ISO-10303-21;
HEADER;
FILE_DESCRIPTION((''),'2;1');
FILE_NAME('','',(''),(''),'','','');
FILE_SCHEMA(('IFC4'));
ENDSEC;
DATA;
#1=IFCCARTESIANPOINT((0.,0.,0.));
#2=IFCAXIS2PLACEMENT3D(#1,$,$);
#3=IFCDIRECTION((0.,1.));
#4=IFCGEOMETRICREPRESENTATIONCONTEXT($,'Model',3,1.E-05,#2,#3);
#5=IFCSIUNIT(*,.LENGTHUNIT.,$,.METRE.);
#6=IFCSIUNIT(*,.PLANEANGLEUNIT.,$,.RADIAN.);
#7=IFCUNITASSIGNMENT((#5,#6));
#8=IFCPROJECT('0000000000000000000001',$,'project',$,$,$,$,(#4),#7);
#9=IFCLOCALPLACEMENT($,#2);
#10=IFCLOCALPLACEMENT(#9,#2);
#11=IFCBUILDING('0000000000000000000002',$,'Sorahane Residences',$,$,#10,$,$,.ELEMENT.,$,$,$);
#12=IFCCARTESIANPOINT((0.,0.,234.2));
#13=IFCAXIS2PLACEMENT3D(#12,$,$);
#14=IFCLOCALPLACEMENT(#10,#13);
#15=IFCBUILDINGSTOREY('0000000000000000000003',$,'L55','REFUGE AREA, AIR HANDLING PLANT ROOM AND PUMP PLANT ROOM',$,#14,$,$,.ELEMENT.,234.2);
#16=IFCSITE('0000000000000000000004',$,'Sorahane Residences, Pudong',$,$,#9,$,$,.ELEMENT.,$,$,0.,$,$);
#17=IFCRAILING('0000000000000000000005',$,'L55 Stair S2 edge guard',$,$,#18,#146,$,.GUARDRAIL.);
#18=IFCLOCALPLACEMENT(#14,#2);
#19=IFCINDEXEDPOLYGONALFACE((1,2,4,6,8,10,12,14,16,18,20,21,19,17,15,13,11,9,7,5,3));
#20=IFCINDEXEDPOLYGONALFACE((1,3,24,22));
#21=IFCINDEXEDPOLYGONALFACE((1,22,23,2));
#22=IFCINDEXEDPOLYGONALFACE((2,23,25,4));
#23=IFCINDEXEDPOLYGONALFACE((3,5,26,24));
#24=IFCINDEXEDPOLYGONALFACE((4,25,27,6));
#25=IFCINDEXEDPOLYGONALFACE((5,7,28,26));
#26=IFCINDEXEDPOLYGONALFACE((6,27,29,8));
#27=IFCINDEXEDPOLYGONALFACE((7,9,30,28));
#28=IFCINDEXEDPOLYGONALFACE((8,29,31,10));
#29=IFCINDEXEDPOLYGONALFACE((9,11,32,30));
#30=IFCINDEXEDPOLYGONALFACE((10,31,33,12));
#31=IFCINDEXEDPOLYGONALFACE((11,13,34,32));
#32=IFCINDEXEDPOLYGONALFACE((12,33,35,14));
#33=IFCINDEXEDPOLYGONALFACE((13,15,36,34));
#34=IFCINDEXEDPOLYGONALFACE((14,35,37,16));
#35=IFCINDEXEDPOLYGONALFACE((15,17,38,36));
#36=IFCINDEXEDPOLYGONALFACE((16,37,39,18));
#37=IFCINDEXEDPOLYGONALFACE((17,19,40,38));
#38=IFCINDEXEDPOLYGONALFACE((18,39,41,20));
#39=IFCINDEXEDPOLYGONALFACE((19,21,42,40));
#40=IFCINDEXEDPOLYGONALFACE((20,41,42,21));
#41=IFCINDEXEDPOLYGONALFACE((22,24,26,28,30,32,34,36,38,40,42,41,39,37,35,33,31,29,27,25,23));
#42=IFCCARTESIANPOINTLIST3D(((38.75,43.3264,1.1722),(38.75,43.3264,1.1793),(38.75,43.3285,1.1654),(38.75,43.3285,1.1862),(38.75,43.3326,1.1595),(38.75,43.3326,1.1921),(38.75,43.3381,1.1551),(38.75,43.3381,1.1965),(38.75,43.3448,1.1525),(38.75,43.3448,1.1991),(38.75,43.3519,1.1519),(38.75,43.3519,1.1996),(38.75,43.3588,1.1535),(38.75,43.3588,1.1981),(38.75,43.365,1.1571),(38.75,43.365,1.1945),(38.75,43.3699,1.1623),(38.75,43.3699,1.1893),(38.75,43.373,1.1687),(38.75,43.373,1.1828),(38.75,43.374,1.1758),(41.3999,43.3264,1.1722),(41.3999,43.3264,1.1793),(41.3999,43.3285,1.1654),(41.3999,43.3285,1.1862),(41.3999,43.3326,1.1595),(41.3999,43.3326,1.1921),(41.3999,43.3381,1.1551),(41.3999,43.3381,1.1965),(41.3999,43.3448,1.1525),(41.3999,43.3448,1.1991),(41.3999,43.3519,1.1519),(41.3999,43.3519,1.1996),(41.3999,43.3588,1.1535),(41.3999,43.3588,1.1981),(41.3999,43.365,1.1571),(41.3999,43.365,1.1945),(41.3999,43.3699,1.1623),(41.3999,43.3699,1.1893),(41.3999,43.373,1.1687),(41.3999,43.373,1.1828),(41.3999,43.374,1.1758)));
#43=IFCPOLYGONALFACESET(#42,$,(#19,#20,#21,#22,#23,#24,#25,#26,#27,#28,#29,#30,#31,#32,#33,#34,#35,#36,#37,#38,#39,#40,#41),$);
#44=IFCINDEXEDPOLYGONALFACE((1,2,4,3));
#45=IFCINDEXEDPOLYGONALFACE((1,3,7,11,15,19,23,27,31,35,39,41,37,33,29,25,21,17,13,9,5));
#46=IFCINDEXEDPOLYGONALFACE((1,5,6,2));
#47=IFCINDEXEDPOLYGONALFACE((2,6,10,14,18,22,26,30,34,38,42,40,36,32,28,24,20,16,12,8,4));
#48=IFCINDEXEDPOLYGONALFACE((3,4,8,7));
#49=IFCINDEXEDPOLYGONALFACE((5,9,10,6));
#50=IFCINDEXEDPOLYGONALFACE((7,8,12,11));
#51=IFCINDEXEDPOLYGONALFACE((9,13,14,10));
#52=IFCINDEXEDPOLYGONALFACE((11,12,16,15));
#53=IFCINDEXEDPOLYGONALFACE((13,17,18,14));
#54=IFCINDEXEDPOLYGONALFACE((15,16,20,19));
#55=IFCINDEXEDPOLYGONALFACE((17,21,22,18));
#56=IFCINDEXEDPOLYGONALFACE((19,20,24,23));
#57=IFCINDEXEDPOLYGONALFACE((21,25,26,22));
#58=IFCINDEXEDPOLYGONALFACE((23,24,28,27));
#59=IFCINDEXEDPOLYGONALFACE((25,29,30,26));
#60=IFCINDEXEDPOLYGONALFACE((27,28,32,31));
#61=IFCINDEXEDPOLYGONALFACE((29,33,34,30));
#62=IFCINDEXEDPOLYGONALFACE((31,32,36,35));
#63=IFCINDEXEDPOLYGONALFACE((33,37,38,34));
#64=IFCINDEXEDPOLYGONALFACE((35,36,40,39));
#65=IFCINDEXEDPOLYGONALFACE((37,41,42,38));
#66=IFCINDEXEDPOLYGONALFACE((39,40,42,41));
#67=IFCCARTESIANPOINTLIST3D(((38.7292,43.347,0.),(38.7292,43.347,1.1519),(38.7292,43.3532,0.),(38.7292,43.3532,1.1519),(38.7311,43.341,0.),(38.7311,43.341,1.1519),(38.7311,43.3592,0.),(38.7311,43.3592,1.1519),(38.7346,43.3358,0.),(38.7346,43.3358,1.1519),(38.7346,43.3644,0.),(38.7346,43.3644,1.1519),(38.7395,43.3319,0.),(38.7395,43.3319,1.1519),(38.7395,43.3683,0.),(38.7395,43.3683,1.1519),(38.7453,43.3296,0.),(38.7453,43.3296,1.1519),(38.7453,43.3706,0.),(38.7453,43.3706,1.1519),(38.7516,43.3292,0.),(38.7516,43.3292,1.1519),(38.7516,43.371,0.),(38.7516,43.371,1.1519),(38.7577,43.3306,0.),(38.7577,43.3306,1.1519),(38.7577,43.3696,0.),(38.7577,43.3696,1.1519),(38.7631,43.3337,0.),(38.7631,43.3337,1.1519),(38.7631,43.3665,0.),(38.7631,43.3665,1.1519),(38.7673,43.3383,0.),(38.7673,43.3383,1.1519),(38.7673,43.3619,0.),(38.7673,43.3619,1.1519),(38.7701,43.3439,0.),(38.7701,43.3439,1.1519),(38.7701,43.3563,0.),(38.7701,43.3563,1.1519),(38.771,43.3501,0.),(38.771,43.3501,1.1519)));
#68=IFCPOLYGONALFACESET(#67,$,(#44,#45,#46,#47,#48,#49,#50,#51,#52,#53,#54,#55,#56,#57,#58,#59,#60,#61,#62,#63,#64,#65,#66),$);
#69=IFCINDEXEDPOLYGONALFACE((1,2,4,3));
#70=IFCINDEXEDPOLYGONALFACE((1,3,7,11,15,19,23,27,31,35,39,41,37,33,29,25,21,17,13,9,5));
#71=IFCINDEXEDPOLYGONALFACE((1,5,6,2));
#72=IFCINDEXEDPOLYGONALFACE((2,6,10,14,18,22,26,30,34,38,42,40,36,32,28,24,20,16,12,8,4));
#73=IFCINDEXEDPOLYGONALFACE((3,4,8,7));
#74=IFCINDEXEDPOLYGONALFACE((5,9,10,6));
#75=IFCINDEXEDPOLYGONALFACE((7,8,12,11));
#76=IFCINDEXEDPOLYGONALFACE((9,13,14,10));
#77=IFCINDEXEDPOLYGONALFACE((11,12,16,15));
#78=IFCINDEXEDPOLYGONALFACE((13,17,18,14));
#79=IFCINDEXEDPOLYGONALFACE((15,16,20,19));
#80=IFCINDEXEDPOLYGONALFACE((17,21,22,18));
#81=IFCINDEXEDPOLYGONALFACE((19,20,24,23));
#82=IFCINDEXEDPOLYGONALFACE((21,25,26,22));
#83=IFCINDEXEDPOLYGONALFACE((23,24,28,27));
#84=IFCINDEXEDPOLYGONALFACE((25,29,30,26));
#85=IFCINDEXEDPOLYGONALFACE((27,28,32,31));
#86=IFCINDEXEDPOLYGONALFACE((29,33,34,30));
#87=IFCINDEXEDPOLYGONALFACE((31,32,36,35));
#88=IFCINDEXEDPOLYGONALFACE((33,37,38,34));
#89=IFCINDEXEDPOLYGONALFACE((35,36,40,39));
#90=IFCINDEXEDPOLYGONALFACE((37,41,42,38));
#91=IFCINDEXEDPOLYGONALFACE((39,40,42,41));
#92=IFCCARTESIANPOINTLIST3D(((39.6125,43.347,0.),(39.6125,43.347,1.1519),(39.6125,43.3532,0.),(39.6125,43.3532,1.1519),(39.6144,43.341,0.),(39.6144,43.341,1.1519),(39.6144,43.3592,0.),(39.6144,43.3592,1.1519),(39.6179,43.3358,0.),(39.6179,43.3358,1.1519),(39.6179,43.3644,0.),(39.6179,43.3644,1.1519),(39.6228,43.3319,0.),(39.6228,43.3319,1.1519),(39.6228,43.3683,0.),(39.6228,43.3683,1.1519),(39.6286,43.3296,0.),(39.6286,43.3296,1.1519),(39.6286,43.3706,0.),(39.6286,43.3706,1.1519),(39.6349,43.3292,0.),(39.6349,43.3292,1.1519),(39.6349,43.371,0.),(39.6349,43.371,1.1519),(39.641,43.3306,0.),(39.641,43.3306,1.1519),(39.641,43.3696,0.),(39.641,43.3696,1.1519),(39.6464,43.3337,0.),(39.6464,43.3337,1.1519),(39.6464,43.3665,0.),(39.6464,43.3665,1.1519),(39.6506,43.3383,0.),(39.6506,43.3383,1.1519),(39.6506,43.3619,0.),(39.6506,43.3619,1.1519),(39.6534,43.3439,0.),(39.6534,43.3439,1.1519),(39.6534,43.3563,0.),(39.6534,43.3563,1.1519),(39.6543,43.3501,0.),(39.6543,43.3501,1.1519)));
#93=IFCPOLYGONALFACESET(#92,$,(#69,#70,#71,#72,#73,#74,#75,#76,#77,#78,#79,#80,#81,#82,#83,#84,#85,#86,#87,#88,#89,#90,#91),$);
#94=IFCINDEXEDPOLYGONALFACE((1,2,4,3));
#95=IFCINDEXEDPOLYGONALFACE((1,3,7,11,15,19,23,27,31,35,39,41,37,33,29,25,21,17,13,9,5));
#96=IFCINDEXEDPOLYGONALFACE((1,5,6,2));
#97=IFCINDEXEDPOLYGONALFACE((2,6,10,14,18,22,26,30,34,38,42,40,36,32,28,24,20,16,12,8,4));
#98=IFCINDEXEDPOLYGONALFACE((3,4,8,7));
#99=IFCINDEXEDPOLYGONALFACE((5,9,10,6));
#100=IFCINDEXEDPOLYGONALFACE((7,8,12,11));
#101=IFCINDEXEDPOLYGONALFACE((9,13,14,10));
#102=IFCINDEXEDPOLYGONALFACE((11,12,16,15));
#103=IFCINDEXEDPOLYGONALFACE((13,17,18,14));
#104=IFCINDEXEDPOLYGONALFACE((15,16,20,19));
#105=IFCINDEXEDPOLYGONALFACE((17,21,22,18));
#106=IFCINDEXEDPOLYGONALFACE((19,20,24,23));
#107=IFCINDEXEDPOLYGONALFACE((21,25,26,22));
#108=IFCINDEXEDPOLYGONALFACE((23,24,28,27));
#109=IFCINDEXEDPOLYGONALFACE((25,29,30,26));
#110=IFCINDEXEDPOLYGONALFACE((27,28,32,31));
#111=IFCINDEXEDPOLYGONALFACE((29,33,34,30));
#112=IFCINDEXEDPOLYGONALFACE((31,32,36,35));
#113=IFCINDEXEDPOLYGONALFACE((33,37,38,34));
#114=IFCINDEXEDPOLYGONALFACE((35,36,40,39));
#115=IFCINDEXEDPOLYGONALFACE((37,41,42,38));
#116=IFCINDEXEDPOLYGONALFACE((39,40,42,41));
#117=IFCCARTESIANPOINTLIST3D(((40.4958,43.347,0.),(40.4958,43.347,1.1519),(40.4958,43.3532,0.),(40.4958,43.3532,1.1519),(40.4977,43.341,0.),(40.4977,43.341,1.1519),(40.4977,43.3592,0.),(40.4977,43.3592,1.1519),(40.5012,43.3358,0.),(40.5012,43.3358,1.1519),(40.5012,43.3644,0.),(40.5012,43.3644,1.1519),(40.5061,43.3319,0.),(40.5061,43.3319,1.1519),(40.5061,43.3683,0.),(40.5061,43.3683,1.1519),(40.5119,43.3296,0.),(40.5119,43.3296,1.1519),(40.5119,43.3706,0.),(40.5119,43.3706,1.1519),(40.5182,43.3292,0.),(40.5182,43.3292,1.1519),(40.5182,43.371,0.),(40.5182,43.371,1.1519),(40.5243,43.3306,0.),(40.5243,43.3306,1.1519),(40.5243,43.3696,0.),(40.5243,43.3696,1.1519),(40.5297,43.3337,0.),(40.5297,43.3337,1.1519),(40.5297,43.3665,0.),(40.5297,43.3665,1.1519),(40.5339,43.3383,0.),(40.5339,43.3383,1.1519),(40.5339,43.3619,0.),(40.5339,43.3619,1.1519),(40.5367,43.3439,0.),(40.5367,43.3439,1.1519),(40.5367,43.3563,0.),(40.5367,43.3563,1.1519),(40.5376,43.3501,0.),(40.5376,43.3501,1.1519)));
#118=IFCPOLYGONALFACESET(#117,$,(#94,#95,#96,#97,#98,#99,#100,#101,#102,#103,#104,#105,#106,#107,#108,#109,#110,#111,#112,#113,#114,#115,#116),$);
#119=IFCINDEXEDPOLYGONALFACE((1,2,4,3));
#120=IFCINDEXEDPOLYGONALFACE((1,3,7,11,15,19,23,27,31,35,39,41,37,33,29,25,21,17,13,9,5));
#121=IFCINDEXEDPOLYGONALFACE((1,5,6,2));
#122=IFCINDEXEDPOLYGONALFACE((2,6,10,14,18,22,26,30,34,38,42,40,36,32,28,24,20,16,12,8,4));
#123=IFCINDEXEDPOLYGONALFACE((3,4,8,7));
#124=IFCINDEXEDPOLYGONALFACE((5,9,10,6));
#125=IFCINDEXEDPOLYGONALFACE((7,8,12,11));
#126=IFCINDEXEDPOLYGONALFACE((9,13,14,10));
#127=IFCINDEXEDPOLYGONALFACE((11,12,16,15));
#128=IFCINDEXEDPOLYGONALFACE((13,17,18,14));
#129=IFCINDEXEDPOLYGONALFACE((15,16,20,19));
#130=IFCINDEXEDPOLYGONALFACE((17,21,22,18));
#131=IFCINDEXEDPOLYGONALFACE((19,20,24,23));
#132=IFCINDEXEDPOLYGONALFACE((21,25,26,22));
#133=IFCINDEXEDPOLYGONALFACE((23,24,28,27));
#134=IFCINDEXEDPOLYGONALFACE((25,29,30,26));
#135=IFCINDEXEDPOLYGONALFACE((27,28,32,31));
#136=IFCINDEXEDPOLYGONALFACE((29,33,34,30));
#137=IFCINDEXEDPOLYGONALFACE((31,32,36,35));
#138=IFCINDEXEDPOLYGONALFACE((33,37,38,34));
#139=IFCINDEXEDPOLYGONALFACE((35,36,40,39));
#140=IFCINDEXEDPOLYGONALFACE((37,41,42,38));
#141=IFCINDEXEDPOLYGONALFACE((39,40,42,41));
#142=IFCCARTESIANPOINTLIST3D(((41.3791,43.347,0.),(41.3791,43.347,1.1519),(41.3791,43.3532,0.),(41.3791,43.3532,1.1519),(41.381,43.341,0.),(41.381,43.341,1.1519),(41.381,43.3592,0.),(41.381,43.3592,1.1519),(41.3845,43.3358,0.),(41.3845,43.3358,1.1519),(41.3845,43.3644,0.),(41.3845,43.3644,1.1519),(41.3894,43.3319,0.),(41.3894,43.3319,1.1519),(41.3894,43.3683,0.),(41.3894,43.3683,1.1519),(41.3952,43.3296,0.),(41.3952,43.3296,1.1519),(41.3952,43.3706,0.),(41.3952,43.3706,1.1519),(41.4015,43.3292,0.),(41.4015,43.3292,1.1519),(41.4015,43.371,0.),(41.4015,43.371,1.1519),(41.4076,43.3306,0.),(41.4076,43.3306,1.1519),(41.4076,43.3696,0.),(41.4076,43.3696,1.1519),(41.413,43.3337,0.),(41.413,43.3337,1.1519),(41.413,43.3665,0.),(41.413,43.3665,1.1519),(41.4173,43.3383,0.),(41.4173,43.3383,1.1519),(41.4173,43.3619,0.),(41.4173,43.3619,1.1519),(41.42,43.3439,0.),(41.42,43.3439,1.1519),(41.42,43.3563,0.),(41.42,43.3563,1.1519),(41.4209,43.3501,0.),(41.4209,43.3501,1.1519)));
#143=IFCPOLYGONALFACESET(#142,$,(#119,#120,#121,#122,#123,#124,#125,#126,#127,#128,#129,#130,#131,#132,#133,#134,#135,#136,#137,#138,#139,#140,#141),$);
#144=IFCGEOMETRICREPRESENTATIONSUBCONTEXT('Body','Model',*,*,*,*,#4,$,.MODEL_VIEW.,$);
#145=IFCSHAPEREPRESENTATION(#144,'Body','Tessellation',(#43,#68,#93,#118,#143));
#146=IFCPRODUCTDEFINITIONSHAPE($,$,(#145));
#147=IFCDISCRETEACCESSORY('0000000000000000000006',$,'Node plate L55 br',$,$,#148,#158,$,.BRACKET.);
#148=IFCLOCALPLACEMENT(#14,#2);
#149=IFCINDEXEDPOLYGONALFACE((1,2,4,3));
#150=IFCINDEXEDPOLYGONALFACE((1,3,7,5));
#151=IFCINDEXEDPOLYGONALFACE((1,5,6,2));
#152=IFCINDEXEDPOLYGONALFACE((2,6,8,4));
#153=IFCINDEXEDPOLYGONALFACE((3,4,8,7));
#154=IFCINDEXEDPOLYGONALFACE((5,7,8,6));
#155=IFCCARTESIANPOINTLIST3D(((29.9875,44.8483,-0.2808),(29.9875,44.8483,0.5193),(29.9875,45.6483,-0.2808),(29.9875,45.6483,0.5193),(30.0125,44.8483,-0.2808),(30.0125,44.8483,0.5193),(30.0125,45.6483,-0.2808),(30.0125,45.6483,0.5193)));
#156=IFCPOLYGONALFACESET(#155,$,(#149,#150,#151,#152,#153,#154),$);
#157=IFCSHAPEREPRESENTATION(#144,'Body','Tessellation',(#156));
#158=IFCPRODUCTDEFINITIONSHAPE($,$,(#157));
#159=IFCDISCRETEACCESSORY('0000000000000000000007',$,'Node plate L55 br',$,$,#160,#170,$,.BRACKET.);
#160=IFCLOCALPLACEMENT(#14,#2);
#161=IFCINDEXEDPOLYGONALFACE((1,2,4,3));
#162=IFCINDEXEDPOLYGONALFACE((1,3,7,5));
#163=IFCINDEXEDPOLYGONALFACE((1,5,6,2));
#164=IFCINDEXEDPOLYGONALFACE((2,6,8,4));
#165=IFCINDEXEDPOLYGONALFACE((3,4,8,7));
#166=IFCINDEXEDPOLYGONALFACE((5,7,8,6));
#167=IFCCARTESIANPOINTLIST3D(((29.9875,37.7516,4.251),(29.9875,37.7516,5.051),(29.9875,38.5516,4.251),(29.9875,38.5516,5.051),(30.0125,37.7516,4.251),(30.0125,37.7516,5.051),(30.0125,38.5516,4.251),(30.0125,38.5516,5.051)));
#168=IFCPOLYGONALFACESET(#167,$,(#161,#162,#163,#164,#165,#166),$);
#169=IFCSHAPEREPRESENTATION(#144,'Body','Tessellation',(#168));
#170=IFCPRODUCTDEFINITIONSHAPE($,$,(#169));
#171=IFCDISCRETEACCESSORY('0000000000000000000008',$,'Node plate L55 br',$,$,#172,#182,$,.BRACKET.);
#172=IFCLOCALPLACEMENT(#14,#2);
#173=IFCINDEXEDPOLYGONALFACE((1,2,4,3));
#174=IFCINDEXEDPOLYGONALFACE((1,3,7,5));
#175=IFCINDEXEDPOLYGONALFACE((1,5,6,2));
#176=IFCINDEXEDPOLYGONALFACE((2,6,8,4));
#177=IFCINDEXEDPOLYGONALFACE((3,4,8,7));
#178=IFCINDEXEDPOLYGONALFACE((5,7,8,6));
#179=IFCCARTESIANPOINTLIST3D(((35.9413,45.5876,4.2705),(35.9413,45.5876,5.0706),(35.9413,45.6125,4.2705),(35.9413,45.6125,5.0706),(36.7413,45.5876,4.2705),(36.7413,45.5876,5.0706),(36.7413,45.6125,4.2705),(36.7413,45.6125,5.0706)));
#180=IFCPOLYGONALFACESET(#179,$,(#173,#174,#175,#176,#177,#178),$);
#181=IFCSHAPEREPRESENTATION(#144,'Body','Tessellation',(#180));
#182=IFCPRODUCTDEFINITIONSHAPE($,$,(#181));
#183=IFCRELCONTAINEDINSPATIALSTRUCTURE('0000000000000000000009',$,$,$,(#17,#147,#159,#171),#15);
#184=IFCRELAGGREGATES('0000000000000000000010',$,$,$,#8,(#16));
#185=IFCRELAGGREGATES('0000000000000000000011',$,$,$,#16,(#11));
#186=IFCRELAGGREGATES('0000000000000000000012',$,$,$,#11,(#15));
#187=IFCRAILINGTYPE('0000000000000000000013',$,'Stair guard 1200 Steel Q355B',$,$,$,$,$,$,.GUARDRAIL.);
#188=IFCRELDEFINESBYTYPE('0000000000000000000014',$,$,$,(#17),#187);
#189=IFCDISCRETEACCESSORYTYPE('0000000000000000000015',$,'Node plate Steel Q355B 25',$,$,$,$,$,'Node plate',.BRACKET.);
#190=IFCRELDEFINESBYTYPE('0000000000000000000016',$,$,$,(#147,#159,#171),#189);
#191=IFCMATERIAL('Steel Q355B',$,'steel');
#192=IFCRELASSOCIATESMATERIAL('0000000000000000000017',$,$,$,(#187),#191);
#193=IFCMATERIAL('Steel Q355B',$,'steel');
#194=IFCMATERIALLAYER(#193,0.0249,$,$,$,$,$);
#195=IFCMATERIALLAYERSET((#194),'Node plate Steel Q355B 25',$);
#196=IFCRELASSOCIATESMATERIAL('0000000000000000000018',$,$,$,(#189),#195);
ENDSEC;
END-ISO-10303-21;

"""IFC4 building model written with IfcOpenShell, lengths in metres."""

from ifc_helpers import new_model, si_unit, direction, frame, origin, origin_2d, place, context, subcontext, project, spatial, rectangle, circle, extrude, material, layer, layer_set, type_object, element, save


model = new_model("IFC4")

# Units and contexts
model_context = context("Model", 3, precision=1e-05, world=origin(), true_north=direction((0.0, 1.0)))
body_context = subcontext(model_context, "Body", "Model", "MODEL_VIEW")
ifc_project = project(units=[si_unit("LENGTHUNIT", "METRE"), si_unit("PLANEANGLEUNIT", "RADIAN")], contexts=[model_context])

# Site, building, storey
site_placement = place(None, origin())
site = spatial("IfcSite", under=ifc_project, at=site_placement, Name="Sorahane Residences, Pudong", CompositionType="ELEMENT", RefElevation=0.0)
building_placement = place(site_placement, origin())
building = spatial("IfcBuilding", under=site, at=building_placement, Name="Sorahane Residences", CompositionType="ELEMENT")
storey_placement = place(building_placement, frame((0.0, 0.0, 234.2)))
storey = spatial("IfcBuildingStorey", under=building, at=storey_placement, Name="L55", Description="REFUGE AREA, AIR HANDLING PLANT ROOM AND PUMP PLANT ROOM", CompositionType="ELEMENT", Elevation=234.2)

# Railing
ifc_material_1 = material(Name="Steel Q355B", Category="steel")
railing_type = type_object("IfcRailingType", Name="Stair guard 1200 Steel Q355B", PredefinedType="GUARDRAIL", material=ifc_material_1)
railing_1_placement = place(storey_placement, frame((38.75, 43.3501, 0.0)))
element("IfcRailing", 1, at=railing_1_placement, inside=storey, type_object=railing_type, Name="L55 Stair S2 edge guard", PredefinedType="GUARDRAIL", context=body_context, shape_type="SweptSolid", body=[
    extrude(circle(Radius=0.0239, at=origin_2d()), frame((0.0, 0.0, 1.1758), z_axis=(1.0, 0.0, 0.0), x_axis=(0.0, 1.0, 0.0)), (0.0, 0.0, 1.0), 2.6499),
    extrude(circle(Radius=0.021, at=origin_2d()), origin(), (0.0, 0.0, 1.0), 1.1519),
    extrude(circle(Radius=0.021, at=origin_2d()), frame((0.8833, 0.0, 0.0)), (0.0, 0.0, 1.0), 1.1519),
    extrude(circle(Radius=0.021, at=origin_2d()), frame((1.7666, 0.0, 0.0)), (0.0, 0.0, 1.0), 1.1519),
    extrude(circle(Radius=0.021, at=origin_2d()), frame((2.6499, 0.0, 0.0)), (0.0, 0.0, 1.0), 1.1519),
])

# Discrete accessories
ifc_material_2 = material(Name="Steel Q355B", Category="steel")
ifc_layer_1 = layer(ifc_material_2, 0.0249)
ifc_layer_set_1 = layer_set([ifc_layer_1], Name="Node plate Steel Q355B 25")
discrete_accessory_type = type_object("IfcDiscreteAccessoryType", Name="Node plate Steel Q355B 25", ElementType="Node plate", PredefinedType="BRACKET", material=ifc_layer_set_1)
for number, where, z_axis, x_axis, name in (
    (2, (30.0, 45.2483, -0.2808), (0.0, 0.0, 1.0), (0.0, 1.0, 0.0), "Node plate L55 br"),
    (3, (30.0, 38.1516, 4.251), (0.0, 0.0, 1.0), (0.0, 1.0, 0.0), "Node plate L55 br"),
    (4, (36.3413, 45.6001, 4.2705), (0.0, 0.0, 1.0), (1.0, 0.0, 0.0), "Node plate L55 br"),
):
    element("IfcDiscreteAccessory", number, at=place(storey_placement, frame(where, z_axis=z_axis, x_axis=x_axis)), inside=storey, type_object=discrete_accessory_type, Name=name, PredefinedType="BRACKET", context=body_context, shape_type="SweptSolid", body=[
        extrude(rectangle(XDim=0.8, YDim=0.0249, at=origin_2d()), origin(), (0.0, 0.0, 1.0), 0.8),
    ])

save(model, "model.ifc")
